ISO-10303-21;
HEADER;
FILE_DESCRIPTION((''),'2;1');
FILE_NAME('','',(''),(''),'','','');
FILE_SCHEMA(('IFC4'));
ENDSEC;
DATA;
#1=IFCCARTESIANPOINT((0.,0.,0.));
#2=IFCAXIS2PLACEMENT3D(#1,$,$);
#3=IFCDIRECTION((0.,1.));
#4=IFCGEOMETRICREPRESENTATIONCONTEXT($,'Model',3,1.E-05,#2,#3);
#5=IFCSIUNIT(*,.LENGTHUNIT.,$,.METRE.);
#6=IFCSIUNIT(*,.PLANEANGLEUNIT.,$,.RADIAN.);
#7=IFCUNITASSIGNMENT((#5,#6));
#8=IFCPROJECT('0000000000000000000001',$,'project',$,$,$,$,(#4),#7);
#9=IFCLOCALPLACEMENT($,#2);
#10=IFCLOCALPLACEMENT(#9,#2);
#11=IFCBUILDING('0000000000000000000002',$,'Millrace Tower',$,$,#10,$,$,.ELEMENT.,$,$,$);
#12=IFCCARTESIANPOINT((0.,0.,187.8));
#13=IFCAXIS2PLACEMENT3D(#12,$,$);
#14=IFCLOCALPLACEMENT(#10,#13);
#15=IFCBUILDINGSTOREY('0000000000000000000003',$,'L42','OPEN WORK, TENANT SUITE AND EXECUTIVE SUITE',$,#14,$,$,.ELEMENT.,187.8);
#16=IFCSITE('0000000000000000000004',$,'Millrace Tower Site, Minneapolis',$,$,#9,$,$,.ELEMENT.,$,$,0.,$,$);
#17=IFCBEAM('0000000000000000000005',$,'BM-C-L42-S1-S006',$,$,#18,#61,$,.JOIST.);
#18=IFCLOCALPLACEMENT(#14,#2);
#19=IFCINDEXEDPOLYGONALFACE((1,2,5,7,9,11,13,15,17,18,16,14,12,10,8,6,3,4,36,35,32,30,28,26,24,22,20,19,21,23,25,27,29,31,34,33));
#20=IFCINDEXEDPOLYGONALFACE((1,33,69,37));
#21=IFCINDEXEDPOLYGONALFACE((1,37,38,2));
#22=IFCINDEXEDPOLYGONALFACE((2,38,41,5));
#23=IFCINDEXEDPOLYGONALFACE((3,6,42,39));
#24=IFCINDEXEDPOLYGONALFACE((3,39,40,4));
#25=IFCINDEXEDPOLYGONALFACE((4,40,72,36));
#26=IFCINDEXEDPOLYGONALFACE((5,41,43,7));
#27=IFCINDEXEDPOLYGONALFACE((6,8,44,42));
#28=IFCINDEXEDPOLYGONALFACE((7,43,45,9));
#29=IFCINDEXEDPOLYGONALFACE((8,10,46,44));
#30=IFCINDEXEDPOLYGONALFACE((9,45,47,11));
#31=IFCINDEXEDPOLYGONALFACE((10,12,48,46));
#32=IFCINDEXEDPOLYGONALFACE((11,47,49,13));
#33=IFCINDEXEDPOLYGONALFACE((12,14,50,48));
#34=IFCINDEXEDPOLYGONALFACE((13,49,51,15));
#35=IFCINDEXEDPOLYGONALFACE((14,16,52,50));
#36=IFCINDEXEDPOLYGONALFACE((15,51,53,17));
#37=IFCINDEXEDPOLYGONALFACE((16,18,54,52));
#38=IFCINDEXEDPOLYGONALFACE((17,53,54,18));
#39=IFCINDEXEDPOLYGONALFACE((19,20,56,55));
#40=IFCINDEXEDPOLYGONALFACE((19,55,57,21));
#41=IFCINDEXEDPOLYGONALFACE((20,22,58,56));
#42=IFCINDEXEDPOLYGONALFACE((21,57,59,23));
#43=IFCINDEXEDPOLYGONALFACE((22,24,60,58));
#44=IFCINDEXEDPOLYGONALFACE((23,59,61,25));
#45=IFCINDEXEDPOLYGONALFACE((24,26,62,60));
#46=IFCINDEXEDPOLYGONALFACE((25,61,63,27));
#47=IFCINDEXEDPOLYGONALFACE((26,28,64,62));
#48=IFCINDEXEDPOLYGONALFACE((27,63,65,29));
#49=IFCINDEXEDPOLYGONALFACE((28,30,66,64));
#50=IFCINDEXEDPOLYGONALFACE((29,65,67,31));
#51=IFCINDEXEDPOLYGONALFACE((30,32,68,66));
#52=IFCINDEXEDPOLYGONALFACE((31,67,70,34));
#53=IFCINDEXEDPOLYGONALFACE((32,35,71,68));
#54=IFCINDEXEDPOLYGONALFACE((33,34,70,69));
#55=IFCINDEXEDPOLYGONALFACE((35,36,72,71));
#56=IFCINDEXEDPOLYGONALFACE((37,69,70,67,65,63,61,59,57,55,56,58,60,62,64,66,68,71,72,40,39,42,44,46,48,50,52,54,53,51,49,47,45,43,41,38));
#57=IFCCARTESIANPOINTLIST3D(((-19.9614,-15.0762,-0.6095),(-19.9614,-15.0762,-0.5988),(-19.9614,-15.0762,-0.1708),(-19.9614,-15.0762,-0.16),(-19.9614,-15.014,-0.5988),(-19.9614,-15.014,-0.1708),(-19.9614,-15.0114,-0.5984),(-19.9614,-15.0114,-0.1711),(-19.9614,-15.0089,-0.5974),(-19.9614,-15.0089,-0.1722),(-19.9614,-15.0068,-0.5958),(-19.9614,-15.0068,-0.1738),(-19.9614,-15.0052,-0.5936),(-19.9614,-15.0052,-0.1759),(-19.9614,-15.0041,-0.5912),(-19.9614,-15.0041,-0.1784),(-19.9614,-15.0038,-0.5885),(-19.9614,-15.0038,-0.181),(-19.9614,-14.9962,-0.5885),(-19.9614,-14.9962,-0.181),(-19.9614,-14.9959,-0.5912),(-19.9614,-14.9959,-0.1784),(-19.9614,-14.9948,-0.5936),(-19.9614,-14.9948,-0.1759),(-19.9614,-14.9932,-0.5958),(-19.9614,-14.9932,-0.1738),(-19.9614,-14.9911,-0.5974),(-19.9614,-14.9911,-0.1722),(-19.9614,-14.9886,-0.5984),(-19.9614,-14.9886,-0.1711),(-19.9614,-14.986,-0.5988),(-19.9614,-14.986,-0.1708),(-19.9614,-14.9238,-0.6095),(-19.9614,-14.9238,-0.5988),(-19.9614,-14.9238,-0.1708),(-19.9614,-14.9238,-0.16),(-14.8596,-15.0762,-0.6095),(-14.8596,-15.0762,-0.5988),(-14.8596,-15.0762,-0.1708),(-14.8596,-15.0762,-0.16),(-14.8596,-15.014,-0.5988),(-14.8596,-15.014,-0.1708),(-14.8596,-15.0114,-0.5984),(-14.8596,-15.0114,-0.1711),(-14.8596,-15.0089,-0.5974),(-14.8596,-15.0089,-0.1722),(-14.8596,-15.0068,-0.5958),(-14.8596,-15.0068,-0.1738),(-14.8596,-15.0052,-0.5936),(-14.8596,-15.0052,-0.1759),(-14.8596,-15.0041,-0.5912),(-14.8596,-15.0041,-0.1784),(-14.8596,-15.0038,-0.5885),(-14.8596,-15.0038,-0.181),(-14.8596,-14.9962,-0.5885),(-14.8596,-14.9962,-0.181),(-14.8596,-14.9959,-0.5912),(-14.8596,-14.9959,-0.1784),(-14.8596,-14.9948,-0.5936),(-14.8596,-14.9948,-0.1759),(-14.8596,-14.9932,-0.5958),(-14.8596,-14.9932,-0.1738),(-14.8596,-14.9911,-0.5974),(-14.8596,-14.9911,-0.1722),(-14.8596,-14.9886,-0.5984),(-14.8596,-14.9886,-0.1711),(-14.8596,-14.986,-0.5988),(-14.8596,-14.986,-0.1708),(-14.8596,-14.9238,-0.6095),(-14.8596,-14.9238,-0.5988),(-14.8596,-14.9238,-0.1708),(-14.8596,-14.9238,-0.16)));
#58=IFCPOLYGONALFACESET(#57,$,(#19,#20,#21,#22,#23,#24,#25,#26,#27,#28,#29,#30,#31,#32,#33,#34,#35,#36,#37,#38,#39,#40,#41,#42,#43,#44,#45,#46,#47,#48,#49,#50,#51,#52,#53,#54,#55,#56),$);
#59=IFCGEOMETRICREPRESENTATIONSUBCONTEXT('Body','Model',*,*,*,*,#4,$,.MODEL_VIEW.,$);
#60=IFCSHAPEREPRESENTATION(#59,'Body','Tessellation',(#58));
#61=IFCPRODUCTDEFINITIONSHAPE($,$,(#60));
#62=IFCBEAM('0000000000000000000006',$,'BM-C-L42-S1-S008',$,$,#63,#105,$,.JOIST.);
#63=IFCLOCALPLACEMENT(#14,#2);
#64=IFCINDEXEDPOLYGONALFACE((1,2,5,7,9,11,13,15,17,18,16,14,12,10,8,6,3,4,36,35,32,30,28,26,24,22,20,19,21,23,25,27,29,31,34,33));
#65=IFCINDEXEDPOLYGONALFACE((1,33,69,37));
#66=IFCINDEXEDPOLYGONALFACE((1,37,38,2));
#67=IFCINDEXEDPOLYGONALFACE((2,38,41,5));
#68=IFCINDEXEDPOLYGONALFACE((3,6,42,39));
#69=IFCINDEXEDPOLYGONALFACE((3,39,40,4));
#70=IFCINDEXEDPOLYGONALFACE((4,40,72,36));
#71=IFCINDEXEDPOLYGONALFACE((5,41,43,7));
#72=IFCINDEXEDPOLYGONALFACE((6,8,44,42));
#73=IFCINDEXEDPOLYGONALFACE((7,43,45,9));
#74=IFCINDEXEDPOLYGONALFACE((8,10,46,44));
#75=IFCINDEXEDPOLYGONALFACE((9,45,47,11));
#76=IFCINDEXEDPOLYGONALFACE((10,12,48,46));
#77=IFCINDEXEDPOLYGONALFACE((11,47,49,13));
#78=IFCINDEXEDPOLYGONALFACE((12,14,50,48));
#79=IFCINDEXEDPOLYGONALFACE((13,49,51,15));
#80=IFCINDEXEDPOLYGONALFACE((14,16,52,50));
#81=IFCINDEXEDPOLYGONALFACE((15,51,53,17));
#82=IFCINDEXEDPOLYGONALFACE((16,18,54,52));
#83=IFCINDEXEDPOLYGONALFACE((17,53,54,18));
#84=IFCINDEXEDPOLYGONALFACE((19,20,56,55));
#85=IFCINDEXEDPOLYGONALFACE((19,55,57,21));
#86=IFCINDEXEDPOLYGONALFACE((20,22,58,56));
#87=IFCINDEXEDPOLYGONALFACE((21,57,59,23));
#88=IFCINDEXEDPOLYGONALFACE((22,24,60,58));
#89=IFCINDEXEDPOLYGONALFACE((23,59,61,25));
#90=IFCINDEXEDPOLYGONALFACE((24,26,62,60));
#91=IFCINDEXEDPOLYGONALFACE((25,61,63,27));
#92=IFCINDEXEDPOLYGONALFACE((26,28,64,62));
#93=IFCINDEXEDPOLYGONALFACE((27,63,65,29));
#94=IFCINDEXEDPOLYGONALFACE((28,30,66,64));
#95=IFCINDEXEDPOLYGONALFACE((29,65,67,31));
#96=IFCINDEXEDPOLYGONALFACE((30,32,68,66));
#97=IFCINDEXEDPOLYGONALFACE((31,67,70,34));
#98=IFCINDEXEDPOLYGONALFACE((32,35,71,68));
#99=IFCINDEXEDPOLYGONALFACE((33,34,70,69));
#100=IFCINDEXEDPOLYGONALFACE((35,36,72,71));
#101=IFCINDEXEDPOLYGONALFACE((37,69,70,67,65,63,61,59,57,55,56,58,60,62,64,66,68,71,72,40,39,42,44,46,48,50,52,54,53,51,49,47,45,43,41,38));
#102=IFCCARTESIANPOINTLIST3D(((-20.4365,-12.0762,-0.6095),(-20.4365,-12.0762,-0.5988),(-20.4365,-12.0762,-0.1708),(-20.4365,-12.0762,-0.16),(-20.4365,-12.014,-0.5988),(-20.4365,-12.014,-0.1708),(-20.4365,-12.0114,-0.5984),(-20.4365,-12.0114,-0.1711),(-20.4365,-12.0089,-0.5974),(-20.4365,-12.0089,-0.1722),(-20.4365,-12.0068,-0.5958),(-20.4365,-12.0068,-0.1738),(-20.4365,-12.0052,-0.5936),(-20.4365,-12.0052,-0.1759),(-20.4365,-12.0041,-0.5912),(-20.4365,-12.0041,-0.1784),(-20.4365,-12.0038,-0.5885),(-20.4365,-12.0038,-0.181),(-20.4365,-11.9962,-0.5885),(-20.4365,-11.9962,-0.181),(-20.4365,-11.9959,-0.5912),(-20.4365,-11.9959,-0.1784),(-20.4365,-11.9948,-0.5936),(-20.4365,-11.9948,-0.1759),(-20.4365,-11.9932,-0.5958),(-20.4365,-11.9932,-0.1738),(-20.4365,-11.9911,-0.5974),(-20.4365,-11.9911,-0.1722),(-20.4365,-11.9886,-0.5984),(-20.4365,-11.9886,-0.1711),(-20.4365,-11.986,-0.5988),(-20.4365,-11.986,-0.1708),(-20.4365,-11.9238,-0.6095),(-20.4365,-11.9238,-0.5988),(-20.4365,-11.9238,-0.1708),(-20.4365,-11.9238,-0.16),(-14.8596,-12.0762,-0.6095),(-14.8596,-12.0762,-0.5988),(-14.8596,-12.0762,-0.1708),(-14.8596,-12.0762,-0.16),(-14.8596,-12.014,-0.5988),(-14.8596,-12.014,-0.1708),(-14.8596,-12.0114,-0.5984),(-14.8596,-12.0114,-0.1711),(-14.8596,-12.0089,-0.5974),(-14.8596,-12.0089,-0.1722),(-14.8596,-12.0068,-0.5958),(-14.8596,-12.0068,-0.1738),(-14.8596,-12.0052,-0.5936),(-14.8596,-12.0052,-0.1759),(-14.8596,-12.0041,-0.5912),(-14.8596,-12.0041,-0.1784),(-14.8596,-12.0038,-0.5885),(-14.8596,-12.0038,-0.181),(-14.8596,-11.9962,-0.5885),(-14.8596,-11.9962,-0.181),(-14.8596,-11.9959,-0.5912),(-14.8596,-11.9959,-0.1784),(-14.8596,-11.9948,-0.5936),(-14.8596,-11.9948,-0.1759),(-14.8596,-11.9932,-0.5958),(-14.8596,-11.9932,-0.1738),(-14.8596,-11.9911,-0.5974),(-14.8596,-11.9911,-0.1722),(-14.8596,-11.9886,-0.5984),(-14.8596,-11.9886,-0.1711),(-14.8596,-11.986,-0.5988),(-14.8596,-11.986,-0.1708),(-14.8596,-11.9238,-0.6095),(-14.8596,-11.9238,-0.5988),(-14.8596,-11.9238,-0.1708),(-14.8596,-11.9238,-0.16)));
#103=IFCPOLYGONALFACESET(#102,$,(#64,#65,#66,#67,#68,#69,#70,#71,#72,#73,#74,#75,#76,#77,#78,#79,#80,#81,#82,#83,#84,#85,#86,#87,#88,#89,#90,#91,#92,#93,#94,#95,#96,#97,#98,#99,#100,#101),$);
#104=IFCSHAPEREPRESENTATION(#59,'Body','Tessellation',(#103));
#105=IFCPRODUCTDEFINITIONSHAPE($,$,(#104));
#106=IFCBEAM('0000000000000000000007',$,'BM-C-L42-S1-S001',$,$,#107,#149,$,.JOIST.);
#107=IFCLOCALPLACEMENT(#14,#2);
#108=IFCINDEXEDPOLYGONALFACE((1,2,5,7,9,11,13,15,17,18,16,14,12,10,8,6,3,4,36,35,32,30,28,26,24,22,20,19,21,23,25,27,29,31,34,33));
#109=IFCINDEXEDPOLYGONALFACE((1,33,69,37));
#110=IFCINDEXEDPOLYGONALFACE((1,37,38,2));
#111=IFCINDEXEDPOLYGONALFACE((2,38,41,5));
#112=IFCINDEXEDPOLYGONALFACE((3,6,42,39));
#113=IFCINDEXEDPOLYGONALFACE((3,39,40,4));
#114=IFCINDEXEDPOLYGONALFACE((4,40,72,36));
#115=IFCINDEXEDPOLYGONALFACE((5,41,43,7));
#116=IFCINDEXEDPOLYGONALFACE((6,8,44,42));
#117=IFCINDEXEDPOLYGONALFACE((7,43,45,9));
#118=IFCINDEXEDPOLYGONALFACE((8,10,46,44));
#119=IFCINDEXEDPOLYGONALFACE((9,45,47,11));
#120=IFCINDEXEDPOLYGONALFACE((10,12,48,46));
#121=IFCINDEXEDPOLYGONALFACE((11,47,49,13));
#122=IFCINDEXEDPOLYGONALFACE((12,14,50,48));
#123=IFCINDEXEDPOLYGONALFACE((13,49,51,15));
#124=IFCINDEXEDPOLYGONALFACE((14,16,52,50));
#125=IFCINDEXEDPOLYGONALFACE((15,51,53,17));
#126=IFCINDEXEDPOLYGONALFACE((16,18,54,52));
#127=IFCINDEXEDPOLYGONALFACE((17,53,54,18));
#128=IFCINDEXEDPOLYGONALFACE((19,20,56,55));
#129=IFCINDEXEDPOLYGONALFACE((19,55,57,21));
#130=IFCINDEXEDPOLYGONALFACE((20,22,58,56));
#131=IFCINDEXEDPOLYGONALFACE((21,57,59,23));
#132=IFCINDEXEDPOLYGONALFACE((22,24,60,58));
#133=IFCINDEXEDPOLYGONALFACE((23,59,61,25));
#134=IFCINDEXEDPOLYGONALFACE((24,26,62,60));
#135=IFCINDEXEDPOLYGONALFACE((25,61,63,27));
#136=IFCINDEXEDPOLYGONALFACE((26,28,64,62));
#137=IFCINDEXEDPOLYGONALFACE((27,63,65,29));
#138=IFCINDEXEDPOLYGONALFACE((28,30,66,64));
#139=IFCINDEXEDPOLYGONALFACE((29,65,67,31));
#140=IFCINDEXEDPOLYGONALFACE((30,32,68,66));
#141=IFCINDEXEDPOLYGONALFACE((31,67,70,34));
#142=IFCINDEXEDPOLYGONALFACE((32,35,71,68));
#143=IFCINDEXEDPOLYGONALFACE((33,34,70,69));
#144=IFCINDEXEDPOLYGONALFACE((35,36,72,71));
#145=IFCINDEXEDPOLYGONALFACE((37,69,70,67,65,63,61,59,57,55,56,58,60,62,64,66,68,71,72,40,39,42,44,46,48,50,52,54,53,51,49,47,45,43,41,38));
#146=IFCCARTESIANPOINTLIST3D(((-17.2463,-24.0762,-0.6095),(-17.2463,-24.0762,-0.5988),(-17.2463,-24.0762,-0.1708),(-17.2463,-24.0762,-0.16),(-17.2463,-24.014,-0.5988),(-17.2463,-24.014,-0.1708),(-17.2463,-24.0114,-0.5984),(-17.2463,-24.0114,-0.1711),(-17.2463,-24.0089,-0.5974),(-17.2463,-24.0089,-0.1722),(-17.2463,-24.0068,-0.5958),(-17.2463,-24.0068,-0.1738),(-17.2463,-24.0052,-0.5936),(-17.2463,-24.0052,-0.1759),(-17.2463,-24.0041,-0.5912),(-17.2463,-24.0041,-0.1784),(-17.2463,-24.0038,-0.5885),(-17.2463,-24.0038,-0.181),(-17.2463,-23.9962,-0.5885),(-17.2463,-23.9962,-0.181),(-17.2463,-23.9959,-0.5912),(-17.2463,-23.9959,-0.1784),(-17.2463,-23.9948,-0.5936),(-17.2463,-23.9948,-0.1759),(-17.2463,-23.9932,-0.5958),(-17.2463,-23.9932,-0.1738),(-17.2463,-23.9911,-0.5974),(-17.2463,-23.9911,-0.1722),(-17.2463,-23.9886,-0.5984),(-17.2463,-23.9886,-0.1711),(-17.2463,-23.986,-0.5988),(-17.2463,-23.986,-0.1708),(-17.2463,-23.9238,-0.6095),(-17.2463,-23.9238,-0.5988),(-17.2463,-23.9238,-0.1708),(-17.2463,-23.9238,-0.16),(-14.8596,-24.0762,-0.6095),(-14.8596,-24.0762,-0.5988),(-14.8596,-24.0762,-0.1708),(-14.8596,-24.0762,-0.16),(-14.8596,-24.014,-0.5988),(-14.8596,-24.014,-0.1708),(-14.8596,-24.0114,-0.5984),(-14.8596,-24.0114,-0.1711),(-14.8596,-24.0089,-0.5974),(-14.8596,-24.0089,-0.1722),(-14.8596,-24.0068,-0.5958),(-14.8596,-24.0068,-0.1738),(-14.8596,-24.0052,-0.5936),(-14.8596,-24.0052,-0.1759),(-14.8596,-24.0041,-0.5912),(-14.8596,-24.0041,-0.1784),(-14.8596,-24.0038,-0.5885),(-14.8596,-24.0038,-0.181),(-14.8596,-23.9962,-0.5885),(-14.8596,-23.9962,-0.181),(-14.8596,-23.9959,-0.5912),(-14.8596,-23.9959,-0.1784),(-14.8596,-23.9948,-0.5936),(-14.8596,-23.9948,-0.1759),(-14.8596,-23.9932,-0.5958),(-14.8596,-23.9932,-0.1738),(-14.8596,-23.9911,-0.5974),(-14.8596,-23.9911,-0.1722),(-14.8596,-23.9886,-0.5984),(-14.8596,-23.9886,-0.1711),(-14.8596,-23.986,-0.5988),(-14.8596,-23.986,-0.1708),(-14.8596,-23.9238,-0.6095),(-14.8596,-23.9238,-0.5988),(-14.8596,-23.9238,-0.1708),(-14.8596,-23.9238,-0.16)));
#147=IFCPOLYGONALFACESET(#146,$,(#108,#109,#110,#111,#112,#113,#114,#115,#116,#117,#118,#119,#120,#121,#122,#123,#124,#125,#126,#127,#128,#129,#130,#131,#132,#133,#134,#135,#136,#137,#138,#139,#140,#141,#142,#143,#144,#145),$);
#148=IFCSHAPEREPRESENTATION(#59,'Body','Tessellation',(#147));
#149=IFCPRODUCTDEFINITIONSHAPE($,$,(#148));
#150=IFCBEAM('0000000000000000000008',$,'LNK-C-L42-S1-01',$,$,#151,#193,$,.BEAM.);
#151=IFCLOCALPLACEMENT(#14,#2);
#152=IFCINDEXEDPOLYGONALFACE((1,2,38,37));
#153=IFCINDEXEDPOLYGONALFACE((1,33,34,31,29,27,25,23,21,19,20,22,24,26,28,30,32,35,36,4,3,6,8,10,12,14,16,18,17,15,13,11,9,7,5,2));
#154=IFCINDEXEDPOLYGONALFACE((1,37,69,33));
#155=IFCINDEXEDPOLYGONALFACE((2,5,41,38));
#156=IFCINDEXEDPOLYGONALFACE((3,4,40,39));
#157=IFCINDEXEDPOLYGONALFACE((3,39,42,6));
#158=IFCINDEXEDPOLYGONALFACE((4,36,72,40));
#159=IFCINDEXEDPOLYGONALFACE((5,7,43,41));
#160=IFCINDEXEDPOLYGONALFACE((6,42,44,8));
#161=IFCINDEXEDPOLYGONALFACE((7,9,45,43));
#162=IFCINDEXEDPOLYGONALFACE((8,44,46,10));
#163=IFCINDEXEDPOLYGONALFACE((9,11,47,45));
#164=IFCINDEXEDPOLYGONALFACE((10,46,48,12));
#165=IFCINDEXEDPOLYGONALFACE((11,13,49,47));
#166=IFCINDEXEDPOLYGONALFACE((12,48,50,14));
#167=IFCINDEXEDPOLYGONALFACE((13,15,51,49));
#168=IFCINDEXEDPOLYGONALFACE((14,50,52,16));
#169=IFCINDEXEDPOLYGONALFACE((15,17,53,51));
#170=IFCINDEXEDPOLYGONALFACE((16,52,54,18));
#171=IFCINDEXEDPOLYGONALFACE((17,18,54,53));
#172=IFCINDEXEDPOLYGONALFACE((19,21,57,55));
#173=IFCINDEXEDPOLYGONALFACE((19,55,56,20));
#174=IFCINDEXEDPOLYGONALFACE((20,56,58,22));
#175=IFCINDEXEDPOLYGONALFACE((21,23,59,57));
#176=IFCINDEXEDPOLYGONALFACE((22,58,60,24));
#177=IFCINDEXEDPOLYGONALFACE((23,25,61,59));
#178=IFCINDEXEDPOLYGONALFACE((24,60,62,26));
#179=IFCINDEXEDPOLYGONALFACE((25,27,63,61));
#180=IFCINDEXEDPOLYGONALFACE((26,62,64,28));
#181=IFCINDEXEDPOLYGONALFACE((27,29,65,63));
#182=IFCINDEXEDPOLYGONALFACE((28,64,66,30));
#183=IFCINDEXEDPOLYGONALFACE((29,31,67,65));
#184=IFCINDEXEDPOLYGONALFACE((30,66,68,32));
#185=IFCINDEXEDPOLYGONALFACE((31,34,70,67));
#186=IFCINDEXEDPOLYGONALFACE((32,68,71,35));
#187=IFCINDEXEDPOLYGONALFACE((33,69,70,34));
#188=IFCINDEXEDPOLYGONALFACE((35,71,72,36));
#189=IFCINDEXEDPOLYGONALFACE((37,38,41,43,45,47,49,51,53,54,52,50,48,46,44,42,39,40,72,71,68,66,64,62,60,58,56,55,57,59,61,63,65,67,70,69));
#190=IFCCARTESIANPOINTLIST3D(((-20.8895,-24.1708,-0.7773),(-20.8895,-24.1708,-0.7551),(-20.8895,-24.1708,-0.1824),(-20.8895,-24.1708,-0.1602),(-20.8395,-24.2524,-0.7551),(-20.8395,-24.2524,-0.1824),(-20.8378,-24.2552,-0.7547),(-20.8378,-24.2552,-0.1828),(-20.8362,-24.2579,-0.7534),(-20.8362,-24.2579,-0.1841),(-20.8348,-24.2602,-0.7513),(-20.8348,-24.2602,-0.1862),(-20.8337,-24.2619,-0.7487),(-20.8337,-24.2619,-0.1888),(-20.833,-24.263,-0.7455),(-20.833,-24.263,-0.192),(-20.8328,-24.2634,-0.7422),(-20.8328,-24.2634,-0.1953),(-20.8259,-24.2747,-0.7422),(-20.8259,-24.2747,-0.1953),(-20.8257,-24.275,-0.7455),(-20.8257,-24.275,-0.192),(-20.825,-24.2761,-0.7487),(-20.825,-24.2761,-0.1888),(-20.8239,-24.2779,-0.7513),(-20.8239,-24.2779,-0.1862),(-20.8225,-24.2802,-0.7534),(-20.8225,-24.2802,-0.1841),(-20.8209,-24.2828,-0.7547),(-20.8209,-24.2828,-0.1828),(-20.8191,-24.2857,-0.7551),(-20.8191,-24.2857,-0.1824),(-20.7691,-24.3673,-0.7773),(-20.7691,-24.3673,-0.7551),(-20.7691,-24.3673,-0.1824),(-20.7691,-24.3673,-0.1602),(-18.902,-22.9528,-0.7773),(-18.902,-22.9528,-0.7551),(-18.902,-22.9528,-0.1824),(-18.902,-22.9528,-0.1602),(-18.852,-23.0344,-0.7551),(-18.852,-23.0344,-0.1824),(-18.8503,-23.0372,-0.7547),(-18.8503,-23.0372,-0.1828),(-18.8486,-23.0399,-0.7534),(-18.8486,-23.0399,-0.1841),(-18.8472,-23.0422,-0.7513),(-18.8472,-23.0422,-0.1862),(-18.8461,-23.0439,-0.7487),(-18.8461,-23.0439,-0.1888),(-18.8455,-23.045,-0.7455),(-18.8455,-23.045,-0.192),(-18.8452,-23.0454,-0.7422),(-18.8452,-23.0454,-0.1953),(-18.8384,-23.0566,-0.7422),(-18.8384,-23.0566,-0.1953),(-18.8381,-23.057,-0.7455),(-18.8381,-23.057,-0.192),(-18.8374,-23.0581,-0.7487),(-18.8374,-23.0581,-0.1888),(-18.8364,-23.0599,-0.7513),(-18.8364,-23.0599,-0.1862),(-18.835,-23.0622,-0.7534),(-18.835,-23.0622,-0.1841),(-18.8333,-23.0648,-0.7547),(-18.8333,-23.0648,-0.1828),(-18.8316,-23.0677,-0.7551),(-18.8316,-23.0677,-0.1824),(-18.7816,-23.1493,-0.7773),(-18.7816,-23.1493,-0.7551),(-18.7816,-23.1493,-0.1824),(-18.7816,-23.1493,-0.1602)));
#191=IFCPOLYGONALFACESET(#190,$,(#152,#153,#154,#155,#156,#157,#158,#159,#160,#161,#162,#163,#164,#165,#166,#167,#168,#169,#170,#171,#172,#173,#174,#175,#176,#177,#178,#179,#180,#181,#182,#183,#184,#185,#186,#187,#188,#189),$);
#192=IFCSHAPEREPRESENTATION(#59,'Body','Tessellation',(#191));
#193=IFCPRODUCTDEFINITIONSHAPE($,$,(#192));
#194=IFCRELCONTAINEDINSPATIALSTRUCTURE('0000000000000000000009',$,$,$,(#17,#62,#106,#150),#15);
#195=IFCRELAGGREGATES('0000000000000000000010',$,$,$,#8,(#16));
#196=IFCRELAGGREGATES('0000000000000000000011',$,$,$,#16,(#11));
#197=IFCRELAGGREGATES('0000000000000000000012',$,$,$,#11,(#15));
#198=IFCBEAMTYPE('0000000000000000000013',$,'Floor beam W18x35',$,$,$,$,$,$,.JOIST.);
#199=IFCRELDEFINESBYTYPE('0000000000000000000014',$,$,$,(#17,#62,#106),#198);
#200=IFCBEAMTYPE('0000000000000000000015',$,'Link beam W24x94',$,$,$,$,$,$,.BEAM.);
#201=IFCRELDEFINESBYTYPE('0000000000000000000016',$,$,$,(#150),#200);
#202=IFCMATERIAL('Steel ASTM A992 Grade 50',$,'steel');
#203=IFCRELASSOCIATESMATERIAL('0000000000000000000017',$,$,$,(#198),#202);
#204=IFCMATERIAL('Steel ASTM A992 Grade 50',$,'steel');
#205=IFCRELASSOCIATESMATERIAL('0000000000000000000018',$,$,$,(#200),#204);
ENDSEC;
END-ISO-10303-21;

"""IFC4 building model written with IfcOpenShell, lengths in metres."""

from ifc_helpers import new_model, si_unit, direction, frame, origin, origin_2d, place, context, subcontext, project, spatial, i_section, extrude, material, material_profile, profile_set, type_object, element, save


model = new_model("IFC4")

# Units and contexts
model_context = context("Model", 3, precision=1e-05, world=origin(), true_north=direction((0.0, 1.0)))
body_context = subcontext(model_context, "Body", "Model", "MODEL_VIEW")
ifc_project = project(units=[si_unit("LENGTHUNIT", "METRE"), si_unit("PLANEANGLEUNIT", "RADIAN")], contexts=[model_context])

# Site, building, storey
site_placement = place(None, origin())
site = spatial("IfcSite", under=ifc_project, at=site_placement, Name="Millrace Tower Site, Minneapolis", CompositionType="ELEMENT", RefElevation=0.0)
building_placement = place(site_placement, origin())
building = spatial("IfcBuilding", under=site, at=building_placement, Name="Millrace Tower", CompositionType="ELEMENT")
storey_placement = place(building_placement, frame((0.0, 0.0, 187.8)))
storey = spatial("IfcBuildingStorey", under=building, at=storey_placement, Name="L42", Description="OPEN WORK, TENANT SUITE AND EXECUTIVE SUITE", CompositionType="ELEMENT", Elevation=187.8)

# Beams
ifc_material_1 = material(Name="Steel ASTM A992 Grade 50", Category="steel")
ifc_material_profile_1 = material_profile(ifc_material_1, i_section(OverallWidth=0.1523, OverallDepth=0.4495, WebThickness=0.0076, FlangeThickness=0.0107, FilletRadius=0.0103, at=origin_2d()))
ifc_profile_set_1 = profile_set([ifc_material_profile_1], Name="Steel ASTM A992 Grade 50")
beam_type_1 = type_object("IfcBeamType", Name="Floor beam W18x35", PredefinedType="JOIST", material=ifc_profile_set_1)
beam_1_placement = place(storey_placement, frame((-19.9614, -15.0, -0.3848), z_axis=(1.0, 0.0, 0.0), x_axis=(0.0, 1.0, 0.0)))
element("IfcBeam", 1, at=beam_1_placement, inside=storey, type_object=beam_type_1, Name="BM-C-L42-S1-S006", PredefinedType="JOIST", context=body_context, shape_type="SweptSolid", body=[
    extrude(i_section(OverallWidth=0.1523, OverallDepth=0.4495, WebThickness=0.0076, FlangeThickness=0.0107, FilletRadius=0.0103, at=origin_2d()), origin(), (0.0, 0.0, 1.0), 5.1018),
])
beam_2_placement = place(storey_placement, frame((-20.4365, -12.0, -0.3848), z_axis=(1.0, 0.0, 0.0), x_axis=(0.0, 1.0, 0.0)))
element("IfcBeam", 2, at=beam_2_placement, inside=storey, type_object=beam_type_1, Name="BM-C-L42-S1-S008", PredefinedType="JOIST", context=body_context, shape_type="SweptSolid", body=[
    extrude(i_section(OverallWidth=0.1523, OverallDepth=0.4495, WebThickness=0.0076, FlangeThickness=0.0107, FilletRadius=0.0103, at=origin_2d()), origin(), (0.0, 0.0, 1.0), 5.5769),
])
beam_3_placement = place(storey_placement, frame((-17.2463, -24.0, -0.3848), z_axis=(1.0, 0.0, 0.0), x_axis=(0.0, 1.0, 0.0)))
element("IfcBeam", 3, at=beam_3_placement, inside=storey, type_object=beam_type_1, Name="BM-C-L42-S1-S001", PredefinedType="JOIST", context=body_context, shape_type="SweptSolid", body=[
    extrude(i_section(OverallWidth=0.1523, OverallDepth=0.4495, WebThickness=0.0076, FlangeThickness=0.0107, FilletRadius=0.0103, at=origin_2d()), origin(), (0.0, 0.0, 1.0), 2.3867),
])
ifc_material_2 = material(Name="Steel ASTM A992 Grade 50", Category="steel")
ifc_material_profile_2 = material_profile(ifc_material_2, i_section(OverallWidth=0.2305, OverallDepth=0.6172, WebThickness=0.0132, FlangeThickness=0.0222, FilletRadius=0.0129, at=origin_2d()))
ifc_profile_set_2 = profile_set([ifc_material_profile_2], Name="Steel ASTM A992 Grade 50")
beam_type_2 = type_object("IfcBeamType", Name="Link beam W24x94", PredefinedType="BEAM", material=ifc_profile_set_2)
beam_4_placement = place(storey_placement, frame((-18.8418, -23.051, -0.4688), z_axis=(-0.852631, -0.522513, 0.0), x_axis=(0.522513, -0.852631, 0.0)))
element("IfcBeam", 4, at=beam_4_placement, inside=storey, type_object=beam_type_2, Name="LNK-C-L42-S1-01", PredefinedType="BEAM", context=body_context, shape_type="SweptSolid", body=[
    extrude(i_section(OverallWidth=0.2305, OverallDepth=0.6172, WebThickness=0.0132, FlangeThickness=0.0222, FilletRadius=0.0129, at=origin_2d()), origin(), (0.0, 0.0, 1.0), 2.3311),
])

save(model, "model.ifc")
